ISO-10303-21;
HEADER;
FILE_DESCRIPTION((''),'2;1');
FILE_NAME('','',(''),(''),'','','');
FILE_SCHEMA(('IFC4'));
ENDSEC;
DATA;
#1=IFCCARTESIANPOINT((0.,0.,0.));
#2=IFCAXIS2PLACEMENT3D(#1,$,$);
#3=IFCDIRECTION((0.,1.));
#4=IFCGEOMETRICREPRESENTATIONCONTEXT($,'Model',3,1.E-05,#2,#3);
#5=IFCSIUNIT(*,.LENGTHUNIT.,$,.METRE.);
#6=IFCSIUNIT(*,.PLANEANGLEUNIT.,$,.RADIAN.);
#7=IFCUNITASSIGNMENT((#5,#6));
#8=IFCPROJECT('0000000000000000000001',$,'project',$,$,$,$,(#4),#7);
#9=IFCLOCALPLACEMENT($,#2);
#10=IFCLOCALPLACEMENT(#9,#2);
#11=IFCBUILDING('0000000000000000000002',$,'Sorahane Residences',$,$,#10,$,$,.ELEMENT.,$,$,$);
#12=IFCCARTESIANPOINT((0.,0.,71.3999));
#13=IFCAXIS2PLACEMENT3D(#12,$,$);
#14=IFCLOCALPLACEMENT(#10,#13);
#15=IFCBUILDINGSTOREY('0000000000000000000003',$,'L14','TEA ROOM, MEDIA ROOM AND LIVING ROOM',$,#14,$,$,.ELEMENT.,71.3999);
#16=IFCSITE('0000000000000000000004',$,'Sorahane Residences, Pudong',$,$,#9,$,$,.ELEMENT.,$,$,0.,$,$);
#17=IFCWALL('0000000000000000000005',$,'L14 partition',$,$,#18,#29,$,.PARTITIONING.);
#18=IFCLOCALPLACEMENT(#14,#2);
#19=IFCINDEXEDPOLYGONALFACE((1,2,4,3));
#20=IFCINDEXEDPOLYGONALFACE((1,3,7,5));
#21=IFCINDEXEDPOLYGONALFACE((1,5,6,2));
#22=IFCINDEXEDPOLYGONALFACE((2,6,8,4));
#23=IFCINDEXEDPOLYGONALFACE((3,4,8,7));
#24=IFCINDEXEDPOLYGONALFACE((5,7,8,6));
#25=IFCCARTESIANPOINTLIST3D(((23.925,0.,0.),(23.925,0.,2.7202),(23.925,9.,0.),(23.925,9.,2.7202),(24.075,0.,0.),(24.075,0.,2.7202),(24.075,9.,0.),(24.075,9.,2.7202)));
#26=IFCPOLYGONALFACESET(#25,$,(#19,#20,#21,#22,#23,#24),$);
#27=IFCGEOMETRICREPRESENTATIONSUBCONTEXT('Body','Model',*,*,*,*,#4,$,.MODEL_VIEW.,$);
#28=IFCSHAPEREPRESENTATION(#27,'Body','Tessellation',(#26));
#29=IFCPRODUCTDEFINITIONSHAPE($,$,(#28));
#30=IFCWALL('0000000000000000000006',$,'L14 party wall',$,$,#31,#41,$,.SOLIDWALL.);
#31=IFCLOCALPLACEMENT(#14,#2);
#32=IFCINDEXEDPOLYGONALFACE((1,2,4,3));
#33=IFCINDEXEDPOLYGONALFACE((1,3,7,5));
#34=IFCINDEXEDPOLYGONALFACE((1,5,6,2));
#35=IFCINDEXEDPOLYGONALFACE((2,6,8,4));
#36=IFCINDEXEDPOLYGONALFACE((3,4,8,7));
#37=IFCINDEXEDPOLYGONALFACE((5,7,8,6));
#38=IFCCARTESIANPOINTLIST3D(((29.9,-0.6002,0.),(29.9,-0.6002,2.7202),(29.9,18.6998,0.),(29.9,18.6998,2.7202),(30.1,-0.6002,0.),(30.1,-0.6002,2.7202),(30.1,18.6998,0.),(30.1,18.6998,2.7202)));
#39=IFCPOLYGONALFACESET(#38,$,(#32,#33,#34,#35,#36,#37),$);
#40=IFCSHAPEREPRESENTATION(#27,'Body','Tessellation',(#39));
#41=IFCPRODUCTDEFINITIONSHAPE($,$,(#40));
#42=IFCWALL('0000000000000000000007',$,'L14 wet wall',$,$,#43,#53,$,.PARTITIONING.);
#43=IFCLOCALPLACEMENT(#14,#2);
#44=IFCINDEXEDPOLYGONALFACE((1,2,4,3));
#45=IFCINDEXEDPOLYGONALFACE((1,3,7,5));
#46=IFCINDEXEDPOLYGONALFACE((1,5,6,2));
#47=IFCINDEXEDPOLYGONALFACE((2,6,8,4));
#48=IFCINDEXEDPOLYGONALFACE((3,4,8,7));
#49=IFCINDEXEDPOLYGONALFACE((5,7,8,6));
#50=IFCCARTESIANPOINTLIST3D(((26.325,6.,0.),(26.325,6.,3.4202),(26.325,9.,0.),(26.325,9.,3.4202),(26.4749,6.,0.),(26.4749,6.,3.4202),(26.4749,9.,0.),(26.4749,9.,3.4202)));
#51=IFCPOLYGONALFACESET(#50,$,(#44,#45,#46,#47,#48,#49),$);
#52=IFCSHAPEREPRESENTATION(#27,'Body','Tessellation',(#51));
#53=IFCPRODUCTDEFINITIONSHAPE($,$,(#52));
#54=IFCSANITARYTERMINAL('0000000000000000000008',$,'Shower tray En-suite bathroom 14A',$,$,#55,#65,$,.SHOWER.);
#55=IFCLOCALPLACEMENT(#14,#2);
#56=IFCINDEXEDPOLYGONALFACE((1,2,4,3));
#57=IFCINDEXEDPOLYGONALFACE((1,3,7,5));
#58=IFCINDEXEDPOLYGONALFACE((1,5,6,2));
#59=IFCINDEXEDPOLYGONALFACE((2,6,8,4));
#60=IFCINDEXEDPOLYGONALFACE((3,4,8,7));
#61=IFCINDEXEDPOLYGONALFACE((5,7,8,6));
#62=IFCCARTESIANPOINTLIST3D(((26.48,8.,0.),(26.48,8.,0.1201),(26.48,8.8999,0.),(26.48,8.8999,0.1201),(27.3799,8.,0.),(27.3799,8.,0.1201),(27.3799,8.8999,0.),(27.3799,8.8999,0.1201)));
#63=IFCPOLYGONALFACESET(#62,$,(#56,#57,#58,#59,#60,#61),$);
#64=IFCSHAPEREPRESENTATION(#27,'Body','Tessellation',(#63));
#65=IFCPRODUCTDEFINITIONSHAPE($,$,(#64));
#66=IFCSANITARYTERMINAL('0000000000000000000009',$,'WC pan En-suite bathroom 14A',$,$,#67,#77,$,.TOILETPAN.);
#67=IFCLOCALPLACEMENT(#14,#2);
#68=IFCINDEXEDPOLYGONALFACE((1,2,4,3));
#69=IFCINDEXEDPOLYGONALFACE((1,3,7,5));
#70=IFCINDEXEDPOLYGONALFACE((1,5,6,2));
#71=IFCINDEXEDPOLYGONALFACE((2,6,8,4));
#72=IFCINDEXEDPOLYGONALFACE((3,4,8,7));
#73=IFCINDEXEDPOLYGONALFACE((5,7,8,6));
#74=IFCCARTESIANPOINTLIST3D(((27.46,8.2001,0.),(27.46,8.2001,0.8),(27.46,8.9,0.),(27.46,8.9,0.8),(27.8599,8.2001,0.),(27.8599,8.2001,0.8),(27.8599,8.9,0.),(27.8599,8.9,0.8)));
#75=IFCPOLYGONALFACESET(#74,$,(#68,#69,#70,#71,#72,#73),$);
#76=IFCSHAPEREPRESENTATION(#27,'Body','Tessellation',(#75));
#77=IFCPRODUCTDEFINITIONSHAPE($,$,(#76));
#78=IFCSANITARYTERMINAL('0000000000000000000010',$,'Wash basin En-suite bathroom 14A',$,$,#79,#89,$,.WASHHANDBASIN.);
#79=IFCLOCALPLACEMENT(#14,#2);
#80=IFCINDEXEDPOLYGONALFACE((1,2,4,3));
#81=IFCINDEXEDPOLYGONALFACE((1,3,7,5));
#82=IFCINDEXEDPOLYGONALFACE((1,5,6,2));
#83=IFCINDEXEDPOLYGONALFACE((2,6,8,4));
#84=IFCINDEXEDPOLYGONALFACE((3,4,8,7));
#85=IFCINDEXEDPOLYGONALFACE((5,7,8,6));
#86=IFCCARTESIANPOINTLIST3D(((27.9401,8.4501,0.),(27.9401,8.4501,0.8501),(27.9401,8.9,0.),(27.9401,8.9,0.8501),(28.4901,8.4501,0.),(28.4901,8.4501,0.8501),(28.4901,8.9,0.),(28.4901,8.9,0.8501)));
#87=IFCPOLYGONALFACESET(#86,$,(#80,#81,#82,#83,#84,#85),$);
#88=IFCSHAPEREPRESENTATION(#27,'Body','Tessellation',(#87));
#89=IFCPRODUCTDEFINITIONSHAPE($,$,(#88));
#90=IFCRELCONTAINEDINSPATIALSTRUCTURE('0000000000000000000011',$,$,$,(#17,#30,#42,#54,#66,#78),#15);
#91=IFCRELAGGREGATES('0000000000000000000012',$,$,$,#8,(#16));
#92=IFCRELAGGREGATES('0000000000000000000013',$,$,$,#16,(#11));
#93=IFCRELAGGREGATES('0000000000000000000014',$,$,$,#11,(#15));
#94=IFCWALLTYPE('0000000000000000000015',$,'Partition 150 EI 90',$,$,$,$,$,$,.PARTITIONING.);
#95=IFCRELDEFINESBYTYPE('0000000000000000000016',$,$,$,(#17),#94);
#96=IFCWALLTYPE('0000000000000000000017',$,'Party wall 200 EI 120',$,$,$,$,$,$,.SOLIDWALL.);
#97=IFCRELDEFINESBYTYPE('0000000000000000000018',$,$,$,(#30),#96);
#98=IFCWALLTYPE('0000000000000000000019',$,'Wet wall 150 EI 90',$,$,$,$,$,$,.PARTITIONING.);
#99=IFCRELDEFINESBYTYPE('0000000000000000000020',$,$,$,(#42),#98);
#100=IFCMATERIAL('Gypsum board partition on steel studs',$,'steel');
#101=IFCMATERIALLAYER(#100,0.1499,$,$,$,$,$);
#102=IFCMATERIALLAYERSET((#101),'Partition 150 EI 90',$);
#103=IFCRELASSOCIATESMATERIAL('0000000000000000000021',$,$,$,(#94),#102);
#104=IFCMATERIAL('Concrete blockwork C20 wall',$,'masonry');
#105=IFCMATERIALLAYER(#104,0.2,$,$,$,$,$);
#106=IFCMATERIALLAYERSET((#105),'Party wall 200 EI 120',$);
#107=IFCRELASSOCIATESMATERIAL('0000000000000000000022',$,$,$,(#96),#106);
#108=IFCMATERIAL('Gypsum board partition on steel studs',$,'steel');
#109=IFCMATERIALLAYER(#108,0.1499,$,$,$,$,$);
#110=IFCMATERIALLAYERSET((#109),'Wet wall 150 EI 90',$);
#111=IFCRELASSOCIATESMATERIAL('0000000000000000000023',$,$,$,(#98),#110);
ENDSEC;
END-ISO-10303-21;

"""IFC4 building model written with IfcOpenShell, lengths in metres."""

from ifc_helpers import new_model, si_unit, direction, frame, frame_2d, origin, origin_2d, place, context, subcontext, project, spatial, rectangle, extrude, material, layer, layer_set, type_object, element, save


model = new_model("IFC4")

# Units and contexts
model_context = context("Model", 3, precision=1e-05, world=origin(), true_north=direction((0.0, 1.0)))
body_context = subcontext(model_context, "Body", "Model", "MODEL_VIEW")
ifc_project = project(units=[si_unit("LENGTHUNIT", "METRE"), si_unit("PLANEANGLEUNIT", "RADIAN")], contexts=[model_context])

# Site, building, storey
site_placement = place(None, origin())
site = spatial("IfcSite", under=ifc_project, at=site_placement, Name="Sorahane Residences, Pudong", CompositionType="ELEMENT", RefElevation=0.0)
building_placement = place(site_placement, origin())
building = spatial("IfcBuilding", under=site, at=building_placement, Name="Sorahane Residences", CompositionType="ELEMENT")
storey_placement = place(building_placement, frame((0.0, 0.0, 71.3999)))
storey = spatial("IfcBuildingStorey", under=building, at=storey_placement, Name="L14", Description="TEA ROOM, MEDIA ROOM AND LIVING ROOM", CompositionType="ELEMENT", Elevation=71.3999)

# Wall
ifc_material_1 = material(Name="Gypsum board partition on steel studs", Category="steel")
ifc_layer_1 = layer(ifc_material_1, 0.1499)
ifc_layer_set_1 = layer_set([ifc_layer_1], Name="Partition 150 EI 90")
wall_type_1 = type_object("IfcWallType", Name="Partition 150 EI 90", PredefinedType="PARTITIONING", material=ifc_layer_set_1)
for number, where, z_axis, x_axis, name in (
    (1, (24.0, 0.0, 0.0), (0.0, 0.0, 1.0), (0.0, 1.0, 0.0), "L14 partition"),
):
    element("IfcWall", number, at=place(storey_placement, frame(where, z_axis=z_axis, x_axis=x_axis)), inside=storey, type_object=wall_type_1, Name=name, PredefinedType="PARTITIONING", context=body_context, shape_type="SweptSolid", body=[
        extrude(rectangle(XDim=9.0, YDim=0.1499, at=frame_2d((4.5, 0.0))), origin(), (0.0, 0.0, 1.0), 2.7202),
    ])

# Walls
ifc_material_2 = material(Name="Concrete blockwork C20 wall", Category="masonry")
ifc_layer_2 = layer(ifc_material_2, 0.2)
ifc_layer_set_2 = layer_set([ifc_layer_2], Name="Party wall 200 EI 120")
wall_type_2 = type_object("IfcWallType", Name="Party wall 200 EI 120", PredefinedType="SOLIDWALL", material=ifc_layer_set_2)
wall_1_placement = place(storey_placement, frame((30.0, -0.6001, 0.0), z_axis=(0.0, 0.0, 1.0), x_axis=(0.0, 1.0, 0.0)))
element("IfcWall", 2, at=wall_1_placement, inside=storey, type_object=wall_type_2, Name="L14 party wall", PredefinedType="SOLIDWALL", context=body_context, shape_type="SweptSolid", body=[
    extrude(rectangle(XDim=19.3, YDim=0.2, at=frame_2d((9.6499, 0.0))), origin(), (0.0, 0.0, 1.0), 2.7202),
])
ifc_material_3 = material(Name="Gypsum board partition on steel studs", Category="steel")
ifc_layer_3 = layer(ifc_material_3, 0.1499)
ifc_layer_set_3 = layer_set([ifc_layer_3], Name="Wet wall 150 EI 90")
wall_type_3 = type_object("IfcWallType", Name="Wet wall 150 EI 90", PredefinedType="PARTITIONING", material=ifc_layer_set_3)
wall_2_placement = place(storey_placement, frame((26.3999, 6.0, 0.0), z_axis=(0.0, 0.0, 1.0), x_axis=(0.0, 1.0, 0.0)))
element("IfcWall", 3, at=wall_2_placement, inside=storey, type_object=wall_type_3, Name="L14 wet wall", PredefinedType="PARTITIONING", context=body_context, shape_type="SweptSolid", body=[
    extrude(rectangle(XDim=3.0, YDim=0.1499, at=frame_2d((1.5, 0.0))), origin(), (0.0, 0.0, 1.0), 3.4202),
])

# Sanitary terminals
sanitary_terminal_1_placement = place(storey_placement, frame((26.9299, 8.45, 0.0), z_axis=(0.0, 0.0, 1.0), x_axis=(1.0, 0.0, 0.0)))
element("IfcSanitaryTerminal", 4, at=sanitary_terminal_1_placement, inside=storey, Name="Shower tray En-suite bathroom 14A", PredefinedType="SHOWER", context=body_context, shape_type="SweptSolid", body=[
    extrude(rectangle(XDim=0.8999, YDim=0.8999, at=origin_2d()), origin(), (0.0, 0.0, 1.0), 0.1201),
])
sanitary_terminal_2_placement = place(storey_placement, frame((27.6599, 8.55, 0.0), z_axis=(0.0, 0.0, 1.0), x_axis=(1.0, 0.0, 0.0)))
element("IfcSanitaryTerminal", 5, at=sanitary_terminal_2_placement, inside=storey, Name="WC pan En-suite bathroom 14A", PredefinedType="TOILETPAN", context=body_context, shape_type="SweptSolid", body=[
    extrude(rectangle(XDim=0.3999, YDim=0.7, at=origin_2d()), origin(), (0.0, 0.0, 1.0), 0.8),
])
sanitary_terminal_3_placement = place(storey_placement, frame((28.2151, 8.675, 0.0), z_axis=(0.0, 0.0, 1.0), x_axis=(1.0, 0.0, 0.0)))
element("IfcSanitaryTerminal", 6, at=sanitary_terminal_3_placement, inside=storey, Name="Wash basin En-suite bathroom 14A", PredefinedType="WASHHANDBASIN", context=body_context, shape_type="SweptSolid", body=[
    extrude(rectangle(XDim=0.55, YDim=0.45, at=origin_2d()), origin(), (0.0, 0.0, 1.0), 0.8501),
])

save(model, "model.ifc")
